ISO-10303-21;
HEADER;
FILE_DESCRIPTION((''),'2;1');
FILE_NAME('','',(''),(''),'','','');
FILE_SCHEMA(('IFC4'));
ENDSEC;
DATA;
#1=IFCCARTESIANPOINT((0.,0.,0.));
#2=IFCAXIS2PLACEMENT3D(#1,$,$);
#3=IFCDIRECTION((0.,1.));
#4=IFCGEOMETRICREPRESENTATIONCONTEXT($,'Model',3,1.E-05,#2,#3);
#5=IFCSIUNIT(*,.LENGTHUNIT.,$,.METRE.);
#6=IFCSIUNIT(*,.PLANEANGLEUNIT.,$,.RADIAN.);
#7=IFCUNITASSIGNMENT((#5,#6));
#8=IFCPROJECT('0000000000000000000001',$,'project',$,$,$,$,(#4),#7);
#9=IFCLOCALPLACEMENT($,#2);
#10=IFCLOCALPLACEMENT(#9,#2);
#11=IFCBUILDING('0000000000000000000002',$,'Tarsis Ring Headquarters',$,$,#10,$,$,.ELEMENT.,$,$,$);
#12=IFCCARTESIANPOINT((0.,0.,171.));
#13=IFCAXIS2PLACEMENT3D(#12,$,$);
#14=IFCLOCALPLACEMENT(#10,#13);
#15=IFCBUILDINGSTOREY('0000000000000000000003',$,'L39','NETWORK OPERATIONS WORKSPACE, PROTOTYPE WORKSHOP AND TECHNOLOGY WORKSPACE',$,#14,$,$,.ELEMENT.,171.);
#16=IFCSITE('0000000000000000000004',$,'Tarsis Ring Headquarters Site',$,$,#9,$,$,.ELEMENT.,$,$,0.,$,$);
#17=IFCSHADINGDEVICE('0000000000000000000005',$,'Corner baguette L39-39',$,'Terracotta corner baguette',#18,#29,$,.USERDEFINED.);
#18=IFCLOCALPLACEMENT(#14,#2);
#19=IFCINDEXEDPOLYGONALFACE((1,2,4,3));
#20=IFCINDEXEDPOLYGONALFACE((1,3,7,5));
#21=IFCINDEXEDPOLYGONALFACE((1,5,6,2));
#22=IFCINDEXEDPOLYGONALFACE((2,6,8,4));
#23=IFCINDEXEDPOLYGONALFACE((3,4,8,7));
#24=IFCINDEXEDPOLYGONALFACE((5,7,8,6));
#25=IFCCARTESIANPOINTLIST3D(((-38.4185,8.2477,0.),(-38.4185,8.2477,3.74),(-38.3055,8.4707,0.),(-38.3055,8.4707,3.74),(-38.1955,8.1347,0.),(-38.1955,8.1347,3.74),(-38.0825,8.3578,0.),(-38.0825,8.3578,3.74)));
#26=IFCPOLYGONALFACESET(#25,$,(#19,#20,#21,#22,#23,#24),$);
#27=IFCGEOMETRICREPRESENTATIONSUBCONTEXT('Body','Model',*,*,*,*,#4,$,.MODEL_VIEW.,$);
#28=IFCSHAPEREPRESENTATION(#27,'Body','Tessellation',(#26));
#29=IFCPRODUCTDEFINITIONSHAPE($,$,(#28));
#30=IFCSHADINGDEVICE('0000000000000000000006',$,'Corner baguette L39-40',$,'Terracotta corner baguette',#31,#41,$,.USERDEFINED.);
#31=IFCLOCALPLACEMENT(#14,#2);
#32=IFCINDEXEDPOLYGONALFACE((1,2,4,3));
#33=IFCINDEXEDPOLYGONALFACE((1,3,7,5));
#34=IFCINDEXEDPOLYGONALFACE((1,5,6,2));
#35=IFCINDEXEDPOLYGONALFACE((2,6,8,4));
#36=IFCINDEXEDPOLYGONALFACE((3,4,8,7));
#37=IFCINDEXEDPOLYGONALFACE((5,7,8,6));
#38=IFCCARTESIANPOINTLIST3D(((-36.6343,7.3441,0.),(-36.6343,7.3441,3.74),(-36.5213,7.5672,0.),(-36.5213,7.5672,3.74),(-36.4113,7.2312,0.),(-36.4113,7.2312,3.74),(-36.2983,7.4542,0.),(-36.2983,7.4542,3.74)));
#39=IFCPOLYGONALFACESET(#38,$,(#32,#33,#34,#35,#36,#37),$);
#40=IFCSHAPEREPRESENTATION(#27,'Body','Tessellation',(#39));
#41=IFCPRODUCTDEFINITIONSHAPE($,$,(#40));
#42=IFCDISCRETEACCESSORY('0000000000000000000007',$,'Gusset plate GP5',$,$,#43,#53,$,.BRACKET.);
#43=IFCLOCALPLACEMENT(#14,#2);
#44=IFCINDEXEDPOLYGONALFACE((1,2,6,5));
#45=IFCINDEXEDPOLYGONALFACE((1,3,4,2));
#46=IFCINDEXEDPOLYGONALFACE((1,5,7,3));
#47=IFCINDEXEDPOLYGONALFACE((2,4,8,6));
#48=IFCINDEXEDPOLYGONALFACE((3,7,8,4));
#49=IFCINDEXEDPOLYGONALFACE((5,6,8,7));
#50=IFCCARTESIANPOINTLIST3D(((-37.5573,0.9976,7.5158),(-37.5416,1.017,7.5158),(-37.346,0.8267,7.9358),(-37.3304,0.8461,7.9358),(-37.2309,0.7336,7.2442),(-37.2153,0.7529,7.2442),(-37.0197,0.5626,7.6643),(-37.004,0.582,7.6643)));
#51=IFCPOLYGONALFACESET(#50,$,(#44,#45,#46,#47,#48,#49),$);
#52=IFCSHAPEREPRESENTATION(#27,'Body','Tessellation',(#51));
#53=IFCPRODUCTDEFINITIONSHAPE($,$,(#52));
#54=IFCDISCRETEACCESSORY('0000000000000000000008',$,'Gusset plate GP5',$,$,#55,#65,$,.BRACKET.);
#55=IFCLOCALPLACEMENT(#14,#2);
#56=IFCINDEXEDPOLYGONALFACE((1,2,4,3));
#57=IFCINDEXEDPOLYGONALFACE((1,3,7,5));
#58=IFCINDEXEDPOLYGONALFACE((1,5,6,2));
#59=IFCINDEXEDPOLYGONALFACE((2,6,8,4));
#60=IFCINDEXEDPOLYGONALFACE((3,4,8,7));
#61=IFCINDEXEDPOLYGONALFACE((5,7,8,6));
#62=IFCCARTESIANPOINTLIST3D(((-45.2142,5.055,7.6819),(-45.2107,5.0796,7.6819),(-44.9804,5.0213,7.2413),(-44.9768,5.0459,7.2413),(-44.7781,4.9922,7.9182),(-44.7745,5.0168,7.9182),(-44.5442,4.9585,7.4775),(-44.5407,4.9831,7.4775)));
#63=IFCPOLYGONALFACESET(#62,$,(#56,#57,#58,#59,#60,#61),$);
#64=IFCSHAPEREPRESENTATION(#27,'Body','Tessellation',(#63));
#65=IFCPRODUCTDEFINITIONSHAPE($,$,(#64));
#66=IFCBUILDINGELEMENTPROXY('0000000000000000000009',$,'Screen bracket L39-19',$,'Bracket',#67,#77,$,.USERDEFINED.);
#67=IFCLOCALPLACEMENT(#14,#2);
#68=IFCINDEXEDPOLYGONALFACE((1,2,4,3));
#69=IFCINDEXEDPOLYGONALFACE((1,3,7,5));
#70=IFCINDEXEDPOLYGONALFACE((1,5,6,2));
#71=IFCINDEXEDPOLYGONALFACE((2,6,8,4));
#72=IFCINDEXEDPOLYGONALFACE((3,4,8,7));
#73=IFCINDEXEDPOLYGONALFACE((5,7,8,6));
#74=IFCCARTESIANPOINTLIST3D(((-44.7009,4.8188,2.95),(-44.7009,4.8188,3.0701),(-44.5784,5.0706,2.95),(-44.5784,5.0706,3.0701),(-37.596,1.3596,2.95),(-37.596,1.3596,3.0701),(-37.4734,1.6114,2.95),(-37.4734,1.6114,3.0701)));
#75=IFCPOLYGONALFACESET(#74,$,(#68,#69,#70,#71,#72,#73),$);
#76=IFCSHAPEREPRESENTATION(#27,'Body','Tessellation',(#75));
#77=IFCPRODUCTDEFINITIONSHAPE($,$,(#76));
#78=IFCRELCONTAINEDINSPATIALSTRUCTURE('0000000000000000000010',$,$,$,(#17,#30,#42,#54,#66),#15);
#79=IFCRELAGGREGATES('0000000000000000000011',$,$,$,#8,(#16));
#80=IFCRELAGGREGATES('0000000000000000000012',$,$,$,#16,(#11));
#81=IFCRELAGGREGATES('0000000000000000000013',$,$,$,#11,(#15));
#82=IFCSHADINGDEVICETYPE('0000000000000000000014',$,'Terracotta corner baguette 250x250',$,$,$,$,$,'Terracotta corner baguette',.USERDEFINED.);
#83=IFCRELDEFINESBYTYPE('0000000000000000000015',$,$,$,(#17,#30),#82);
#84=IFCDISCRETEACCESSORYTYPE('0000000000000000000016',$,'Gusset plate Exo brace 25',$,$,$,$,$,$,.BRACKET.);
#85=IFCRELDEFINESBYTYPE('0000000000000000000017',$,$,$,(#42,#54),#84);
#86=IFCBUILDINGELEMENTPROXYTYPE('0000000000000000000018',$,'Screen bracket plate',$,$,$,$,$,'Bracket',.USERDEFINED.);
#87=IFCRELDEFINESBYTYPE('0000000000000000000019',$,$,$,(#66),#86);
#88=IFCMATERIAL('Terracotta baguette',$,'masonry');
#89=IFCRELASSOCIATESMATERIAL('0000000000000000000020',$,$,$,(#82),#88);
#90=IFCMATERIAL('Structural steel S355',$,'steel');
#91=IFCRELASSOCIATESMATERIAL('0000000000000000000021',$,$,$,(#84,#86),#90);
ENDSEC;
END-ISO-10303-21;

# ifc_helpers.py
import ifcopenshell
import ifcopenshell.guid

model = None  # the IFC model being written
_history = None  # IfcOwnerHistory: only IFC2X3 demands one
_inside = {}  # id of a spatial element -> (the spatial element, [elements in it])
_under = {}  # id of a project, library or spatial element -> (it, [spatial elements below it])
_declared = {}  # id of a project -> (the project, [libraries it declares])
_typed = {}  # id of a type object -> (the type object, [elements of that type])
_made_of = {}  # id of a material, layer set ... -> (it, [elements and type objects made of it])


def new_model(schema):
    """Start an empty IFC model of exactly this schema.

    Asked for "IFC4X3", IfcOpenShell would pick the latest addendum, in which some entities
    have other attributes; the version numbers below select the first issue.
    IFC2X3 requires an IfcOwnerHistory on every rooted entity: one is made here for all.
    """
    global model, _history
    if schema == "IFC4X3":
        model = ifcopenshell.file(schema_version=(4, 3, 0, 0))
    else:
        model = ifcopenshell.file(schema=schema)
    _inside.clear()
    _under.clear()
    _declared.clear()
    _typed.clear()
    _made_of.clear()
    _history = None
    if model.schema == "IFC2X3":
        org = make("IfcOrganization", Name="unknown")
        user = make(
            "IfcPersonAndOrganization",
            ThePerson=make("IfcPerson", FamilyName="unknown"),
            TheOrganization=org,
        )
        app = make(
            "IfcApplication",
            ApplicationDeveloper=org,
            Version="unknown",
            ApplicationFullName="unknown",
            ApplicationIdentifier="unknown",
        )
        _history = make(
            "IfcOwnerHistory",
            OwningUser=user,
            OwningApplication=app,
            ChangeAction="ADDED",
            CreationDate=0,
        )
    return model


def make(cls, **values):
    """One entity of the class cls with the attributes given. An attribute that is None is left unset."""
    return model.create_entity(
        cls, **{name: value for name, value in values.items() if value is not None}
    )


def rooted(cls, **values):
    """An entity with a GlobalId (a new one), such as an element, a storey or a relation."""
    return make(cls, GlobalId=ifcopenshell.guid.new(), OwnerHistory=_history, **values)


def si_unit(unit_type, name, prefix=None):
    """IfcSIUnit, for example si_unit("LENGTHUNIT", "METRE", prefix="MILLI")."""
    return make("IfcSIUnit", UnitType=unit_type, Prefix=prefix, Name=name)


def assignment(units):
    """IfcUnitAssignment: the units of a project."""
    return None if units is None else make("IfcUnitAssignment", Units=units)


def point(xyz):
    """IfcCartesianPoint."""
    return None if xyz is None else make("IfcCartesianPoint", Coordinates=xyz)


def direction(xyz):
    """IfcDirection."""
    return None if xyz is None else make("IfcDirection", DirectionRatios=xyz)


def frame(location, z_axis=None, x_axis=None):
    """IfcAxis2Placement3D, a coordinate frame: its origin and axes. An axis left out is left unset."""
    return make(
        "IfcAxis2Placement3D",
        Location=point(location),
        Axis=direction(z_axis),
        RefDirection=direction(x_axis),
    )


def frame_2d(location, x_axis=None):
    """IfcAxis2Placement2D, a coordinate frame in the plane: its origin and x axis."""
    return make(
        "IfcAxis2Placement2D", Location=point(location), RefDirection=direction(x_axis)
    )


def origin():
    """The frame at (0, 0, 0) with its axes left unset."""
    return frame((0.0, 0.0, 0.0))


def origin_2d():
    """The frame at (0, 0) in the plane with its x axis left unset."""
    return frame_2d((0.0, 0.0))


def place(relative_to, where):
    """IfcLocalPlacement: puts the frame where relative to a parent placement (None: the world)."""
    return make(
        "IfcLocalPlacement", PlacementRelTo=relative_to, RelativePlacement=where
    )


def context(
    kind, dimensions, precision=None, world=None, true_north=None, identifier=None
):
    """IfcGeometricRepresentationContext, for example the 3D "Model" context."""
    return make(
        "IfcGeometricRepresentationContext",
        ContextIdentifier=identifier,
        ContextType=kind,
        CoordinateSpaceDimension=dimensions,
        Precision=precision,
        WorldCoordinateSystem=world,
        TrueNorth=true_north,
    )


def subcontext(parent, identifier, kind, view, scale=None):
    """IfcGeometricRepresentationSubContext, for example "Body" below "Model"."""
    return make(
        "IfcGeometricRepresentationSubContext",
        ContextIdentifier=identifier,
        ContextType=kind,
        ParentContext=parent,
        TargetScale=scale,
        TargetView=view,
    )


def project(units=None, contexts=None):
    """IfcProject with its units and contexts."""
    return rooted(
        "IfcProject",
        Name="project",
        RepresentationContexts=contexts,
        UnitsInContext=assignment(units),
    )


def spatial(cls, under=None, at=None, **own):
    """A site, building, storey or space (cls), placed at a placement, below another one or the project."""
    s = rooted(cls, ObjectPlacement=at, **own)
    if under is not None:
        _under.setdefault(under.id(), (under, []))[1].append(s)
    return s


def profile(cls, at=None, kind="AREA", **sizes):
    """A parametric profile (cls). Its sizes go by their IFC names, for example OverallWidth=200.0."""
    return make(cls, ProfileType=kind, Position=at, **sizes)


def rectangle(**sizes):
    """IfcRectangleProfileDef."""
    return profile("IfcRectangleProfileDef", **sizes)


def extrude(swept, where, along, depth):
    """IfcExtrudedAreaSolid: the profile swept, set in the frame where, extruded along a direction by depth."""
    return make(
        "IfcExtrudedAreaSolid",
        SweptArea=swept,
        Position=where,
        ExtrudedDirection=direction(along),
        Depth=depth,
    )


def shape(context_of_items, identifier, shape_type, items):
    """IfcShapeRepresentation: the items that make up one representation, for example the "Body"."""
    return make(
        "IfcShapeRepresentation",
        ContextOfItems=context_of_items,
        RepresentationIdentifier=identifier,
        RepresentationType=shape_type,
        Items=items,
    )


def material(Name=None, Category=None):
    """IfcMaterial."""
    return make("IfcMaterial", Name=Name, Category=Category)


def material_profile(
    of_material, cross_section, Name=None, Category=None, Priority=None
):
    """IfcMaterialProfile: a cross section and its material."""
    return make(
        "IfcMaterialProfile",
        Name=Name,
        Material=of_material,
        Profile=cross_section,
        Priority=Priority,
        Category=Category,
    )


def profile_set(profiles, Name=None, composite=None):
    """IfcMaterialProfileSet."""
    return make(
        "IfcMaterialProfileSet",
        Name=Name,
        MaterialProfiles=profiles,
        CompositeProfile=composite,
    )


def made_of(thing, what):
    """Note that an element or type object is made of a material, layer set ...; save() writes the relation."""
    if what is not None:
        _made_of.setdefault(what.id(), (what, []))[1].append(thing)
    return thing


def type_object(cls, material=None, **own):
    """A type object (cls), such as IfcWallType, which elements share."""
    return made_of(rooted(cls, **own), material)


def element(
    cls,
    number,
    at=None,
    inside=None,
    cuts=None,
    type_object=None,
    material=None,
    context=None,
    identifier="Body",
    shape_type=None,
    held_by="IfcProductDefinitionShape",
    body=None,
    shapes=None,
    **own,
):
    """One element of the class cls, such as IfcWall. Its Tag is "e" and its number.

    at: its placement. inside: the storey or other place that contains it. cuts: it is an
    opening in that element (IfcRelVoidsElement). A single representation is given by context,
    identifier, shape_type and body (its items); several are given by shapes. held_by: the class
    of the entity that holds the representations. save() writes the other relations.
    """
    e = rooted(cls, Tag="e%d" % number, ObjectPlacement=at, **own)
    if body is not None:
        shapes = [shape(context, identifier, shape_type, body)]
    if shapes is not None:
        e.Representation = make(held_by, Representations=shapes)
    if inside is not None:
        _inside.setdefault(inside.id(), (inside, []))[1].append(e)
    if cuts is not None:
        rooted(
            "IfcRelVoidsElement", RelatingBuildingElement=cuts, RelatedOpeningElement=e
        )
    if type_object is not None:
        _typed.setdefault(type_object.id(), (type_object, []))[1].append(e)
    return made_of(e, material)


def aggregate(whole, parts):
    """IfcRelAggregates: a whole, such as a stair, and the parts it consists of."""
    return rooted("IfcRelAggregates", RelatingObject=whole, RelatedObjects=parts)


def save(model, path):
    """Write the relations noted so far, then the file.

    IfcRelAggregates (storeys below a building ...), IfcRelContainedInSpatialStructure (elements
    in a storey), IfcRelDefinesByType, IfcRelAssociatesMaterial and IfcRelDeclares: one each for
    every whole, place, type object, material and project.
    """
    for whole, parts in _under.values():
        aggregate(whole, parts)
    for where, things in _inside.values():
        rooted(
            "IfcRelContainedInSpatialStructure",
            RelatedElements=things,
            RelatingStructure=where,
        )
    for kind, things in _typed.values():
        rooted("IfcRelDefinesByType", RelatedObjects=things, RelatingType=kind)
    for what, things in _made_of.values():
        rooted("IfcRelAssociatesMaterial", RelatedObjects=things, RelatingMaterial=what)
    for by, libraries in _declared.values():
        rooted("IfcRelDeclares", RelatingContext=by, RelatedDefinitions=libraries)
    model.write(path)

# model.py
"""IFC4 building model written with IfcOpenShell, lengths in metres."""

from ifc_helpers import new_model, si_unit, direction, frame, origin, origin_2d, place, context, subcontext, project, spatial, rectangle, extrude, material, material_profile, profile_set, type_object, element, save


model = new_model("IFC4")

# Units and contexts
model_context = context("Model", 3, precision=1e-05, world=origin(), true_north=direction((0.0, 1.0)))
body_context = subcontext(model_context, "Body", "Model", "MODEL_VIEW")
ifc_project = project(units=[si_unit("LENGTHUNIT", "METRE"), si_unit("PLANEANGLEUNIT", "RADIAN")], contexts=[model_context])

# Site, building, storey
site_placement = place(None, origin())
site = spatial("IfcSite", under=ifc_project, at=site_placement, Name="Tarsis Ring Headquarters Site", CompositionType="ELEMENT", RefElevation=0.0)
building_placement = place(site_placement, origin())
building = spatial("IfcBuilding", under=site, at=building_placement, Name="Tarsis Ring Headquarters", CompositionType="ELEMENT")
storey_placement = place(building_placement, frame((0.0, 0.0, 171.0)))
storey = spatial("IfcBuildingStorey", under=building, at=storey_placement, Name="L39", Description="NETWORK OPERATIONS WORKSPACE, PROTOTYPE WORKSHOP AND TECHNOLOGY WORKSPACE", CompositionType="ELEMENT", Elevation=171.0)

# Shared definitions
ifc_material_1 = material(Name="Structural steel S355", Category="steel")

# Shading devices
ifc_material_2 = material(Name="Terracotta baguette", Category="masonry")
shading_device_type_1 = type_object("IfcShadingDeviceType", Name="Terracotta corner baguette 250x250", ElementType="Terracotta corner baguette", PredefinedType="USERDEFINED", material=ifc_material_2)
for number, where, z_axis, x_axis, name in (
    (1, (-38.2505, 8.3027, 0.0), (0.0, 0.0, 1.0), (-0.451812, -0.892113, 0.0), "Corner baguette L39-39"),
    (2, (-36.4663, 7.3992, 0.0), (0.0, 0.0, 1.0), (0.892113, -0.451812, 0.0), "Corner baguette L39-40"),
):
    element("IfcShadingDevice", number, at=place(storey_placement, frame(where, z_axis=z_axis, x_axis=x_axis)), inside=storey, type_object=shading_device_type_1, Name=name, ObjectType="Terracotta corner baguette", PredefinedType="USERDEFINED", context=body_context, shape_type="SweptSolid", body=[
        extrude(rectangle(XDim=0.25, YDim=0.25, at=origin_2d()), origin(), (0.0, 0.0, 1.0), 3.74),
    ])

# Discrete accessories
ifc_material_profile_1 = material_profile(ifc_material_1, rectangle(XDim=0.0249, YDim=0.5, at=origin_2d()), Name="PL 25x500")
ifc_profile_set_1 = profile_set([ifc_material_profile_1], Name="Structural steel S355")
discrete_accessory_type = type_object("IfcDiscreteAccessoryType", Name="Gusset plate Exo brace 25", PredefinedType="BRACKET", material=ifc_profile_set_1)
discrete_accessory_1_placement = place(storey_placement, frame((-37.175, 0.7043, 7.8), z_axis=(-0.422246, 0.341702, -0.839611), x_axis=(-0.629069, -0.777349, 0.0)))
element("IfcDiscreteAccessory", 3, at=discrete_accessory_1_placement, inside=storey, type_object=discrete_accessory_type, Name="Gusset plate GP5", PredefinedType="BRACKET", context=body_context, shape_type="SweptSolid", body=[
    extrude(rectangle(XDim=0.0249, YDim=0.5, at=origin_2d()), origin(), (0.0, 0.0, 1.0), 0.5002),
])
discrete_accessory_2_placement = place(storey_placement, frame((-44.9944, 5.0359, 7.8), z_axis=(0.467744, -0.067379, -0.881292), x_axis=(0.142578, 0.989784, 0.0)))
element("IfcDiscreteAccessory", 4, at=discrete_accessory_2_placement, inside=storey, type_object=discrete_accessory_type, Name="Gusset plate GP5", PredefinedType="BRACKET", context=body_context, shape_type="SweptSolid", body=[
    extrude(rectangle(XDim=0.0249, YDim=0.5, at=origin_2d()), origin(), (0.0, 0.0, 1.0), 0.5),
])

# Building element proxy
building_element_proxy_type = type_object("IfcBuildingElementProxyType", Name="Screen bracket plate", ElementType="Bracket", PredefinedType="USERDEFINED", material=ifc_material_1)
proxy_placement = place(storey_placement, frame((-41.0872, 3.2151, 2.95), z_axis=(0.0, 0.0, 1.0), x_axis=(0.8991, -0.437744, 0.0)))
element("IfcBuildingElementProxy", 5, at=proxy_placement, inside=storey, type_object=building_element_proxy_type, Name="Screen bracket L39-19", ObjectType="Bracket", PredefinedType="USERDEFINED", context=body_context, shape_type="SweptSolid", body=[
    extrude(rectangle(XDim=7.9023, YDim=0.28, at=origin_2d()), origin(), (0.0, 0.0, 1.0), 0.1201),
])

save(model, "model.ifc")
